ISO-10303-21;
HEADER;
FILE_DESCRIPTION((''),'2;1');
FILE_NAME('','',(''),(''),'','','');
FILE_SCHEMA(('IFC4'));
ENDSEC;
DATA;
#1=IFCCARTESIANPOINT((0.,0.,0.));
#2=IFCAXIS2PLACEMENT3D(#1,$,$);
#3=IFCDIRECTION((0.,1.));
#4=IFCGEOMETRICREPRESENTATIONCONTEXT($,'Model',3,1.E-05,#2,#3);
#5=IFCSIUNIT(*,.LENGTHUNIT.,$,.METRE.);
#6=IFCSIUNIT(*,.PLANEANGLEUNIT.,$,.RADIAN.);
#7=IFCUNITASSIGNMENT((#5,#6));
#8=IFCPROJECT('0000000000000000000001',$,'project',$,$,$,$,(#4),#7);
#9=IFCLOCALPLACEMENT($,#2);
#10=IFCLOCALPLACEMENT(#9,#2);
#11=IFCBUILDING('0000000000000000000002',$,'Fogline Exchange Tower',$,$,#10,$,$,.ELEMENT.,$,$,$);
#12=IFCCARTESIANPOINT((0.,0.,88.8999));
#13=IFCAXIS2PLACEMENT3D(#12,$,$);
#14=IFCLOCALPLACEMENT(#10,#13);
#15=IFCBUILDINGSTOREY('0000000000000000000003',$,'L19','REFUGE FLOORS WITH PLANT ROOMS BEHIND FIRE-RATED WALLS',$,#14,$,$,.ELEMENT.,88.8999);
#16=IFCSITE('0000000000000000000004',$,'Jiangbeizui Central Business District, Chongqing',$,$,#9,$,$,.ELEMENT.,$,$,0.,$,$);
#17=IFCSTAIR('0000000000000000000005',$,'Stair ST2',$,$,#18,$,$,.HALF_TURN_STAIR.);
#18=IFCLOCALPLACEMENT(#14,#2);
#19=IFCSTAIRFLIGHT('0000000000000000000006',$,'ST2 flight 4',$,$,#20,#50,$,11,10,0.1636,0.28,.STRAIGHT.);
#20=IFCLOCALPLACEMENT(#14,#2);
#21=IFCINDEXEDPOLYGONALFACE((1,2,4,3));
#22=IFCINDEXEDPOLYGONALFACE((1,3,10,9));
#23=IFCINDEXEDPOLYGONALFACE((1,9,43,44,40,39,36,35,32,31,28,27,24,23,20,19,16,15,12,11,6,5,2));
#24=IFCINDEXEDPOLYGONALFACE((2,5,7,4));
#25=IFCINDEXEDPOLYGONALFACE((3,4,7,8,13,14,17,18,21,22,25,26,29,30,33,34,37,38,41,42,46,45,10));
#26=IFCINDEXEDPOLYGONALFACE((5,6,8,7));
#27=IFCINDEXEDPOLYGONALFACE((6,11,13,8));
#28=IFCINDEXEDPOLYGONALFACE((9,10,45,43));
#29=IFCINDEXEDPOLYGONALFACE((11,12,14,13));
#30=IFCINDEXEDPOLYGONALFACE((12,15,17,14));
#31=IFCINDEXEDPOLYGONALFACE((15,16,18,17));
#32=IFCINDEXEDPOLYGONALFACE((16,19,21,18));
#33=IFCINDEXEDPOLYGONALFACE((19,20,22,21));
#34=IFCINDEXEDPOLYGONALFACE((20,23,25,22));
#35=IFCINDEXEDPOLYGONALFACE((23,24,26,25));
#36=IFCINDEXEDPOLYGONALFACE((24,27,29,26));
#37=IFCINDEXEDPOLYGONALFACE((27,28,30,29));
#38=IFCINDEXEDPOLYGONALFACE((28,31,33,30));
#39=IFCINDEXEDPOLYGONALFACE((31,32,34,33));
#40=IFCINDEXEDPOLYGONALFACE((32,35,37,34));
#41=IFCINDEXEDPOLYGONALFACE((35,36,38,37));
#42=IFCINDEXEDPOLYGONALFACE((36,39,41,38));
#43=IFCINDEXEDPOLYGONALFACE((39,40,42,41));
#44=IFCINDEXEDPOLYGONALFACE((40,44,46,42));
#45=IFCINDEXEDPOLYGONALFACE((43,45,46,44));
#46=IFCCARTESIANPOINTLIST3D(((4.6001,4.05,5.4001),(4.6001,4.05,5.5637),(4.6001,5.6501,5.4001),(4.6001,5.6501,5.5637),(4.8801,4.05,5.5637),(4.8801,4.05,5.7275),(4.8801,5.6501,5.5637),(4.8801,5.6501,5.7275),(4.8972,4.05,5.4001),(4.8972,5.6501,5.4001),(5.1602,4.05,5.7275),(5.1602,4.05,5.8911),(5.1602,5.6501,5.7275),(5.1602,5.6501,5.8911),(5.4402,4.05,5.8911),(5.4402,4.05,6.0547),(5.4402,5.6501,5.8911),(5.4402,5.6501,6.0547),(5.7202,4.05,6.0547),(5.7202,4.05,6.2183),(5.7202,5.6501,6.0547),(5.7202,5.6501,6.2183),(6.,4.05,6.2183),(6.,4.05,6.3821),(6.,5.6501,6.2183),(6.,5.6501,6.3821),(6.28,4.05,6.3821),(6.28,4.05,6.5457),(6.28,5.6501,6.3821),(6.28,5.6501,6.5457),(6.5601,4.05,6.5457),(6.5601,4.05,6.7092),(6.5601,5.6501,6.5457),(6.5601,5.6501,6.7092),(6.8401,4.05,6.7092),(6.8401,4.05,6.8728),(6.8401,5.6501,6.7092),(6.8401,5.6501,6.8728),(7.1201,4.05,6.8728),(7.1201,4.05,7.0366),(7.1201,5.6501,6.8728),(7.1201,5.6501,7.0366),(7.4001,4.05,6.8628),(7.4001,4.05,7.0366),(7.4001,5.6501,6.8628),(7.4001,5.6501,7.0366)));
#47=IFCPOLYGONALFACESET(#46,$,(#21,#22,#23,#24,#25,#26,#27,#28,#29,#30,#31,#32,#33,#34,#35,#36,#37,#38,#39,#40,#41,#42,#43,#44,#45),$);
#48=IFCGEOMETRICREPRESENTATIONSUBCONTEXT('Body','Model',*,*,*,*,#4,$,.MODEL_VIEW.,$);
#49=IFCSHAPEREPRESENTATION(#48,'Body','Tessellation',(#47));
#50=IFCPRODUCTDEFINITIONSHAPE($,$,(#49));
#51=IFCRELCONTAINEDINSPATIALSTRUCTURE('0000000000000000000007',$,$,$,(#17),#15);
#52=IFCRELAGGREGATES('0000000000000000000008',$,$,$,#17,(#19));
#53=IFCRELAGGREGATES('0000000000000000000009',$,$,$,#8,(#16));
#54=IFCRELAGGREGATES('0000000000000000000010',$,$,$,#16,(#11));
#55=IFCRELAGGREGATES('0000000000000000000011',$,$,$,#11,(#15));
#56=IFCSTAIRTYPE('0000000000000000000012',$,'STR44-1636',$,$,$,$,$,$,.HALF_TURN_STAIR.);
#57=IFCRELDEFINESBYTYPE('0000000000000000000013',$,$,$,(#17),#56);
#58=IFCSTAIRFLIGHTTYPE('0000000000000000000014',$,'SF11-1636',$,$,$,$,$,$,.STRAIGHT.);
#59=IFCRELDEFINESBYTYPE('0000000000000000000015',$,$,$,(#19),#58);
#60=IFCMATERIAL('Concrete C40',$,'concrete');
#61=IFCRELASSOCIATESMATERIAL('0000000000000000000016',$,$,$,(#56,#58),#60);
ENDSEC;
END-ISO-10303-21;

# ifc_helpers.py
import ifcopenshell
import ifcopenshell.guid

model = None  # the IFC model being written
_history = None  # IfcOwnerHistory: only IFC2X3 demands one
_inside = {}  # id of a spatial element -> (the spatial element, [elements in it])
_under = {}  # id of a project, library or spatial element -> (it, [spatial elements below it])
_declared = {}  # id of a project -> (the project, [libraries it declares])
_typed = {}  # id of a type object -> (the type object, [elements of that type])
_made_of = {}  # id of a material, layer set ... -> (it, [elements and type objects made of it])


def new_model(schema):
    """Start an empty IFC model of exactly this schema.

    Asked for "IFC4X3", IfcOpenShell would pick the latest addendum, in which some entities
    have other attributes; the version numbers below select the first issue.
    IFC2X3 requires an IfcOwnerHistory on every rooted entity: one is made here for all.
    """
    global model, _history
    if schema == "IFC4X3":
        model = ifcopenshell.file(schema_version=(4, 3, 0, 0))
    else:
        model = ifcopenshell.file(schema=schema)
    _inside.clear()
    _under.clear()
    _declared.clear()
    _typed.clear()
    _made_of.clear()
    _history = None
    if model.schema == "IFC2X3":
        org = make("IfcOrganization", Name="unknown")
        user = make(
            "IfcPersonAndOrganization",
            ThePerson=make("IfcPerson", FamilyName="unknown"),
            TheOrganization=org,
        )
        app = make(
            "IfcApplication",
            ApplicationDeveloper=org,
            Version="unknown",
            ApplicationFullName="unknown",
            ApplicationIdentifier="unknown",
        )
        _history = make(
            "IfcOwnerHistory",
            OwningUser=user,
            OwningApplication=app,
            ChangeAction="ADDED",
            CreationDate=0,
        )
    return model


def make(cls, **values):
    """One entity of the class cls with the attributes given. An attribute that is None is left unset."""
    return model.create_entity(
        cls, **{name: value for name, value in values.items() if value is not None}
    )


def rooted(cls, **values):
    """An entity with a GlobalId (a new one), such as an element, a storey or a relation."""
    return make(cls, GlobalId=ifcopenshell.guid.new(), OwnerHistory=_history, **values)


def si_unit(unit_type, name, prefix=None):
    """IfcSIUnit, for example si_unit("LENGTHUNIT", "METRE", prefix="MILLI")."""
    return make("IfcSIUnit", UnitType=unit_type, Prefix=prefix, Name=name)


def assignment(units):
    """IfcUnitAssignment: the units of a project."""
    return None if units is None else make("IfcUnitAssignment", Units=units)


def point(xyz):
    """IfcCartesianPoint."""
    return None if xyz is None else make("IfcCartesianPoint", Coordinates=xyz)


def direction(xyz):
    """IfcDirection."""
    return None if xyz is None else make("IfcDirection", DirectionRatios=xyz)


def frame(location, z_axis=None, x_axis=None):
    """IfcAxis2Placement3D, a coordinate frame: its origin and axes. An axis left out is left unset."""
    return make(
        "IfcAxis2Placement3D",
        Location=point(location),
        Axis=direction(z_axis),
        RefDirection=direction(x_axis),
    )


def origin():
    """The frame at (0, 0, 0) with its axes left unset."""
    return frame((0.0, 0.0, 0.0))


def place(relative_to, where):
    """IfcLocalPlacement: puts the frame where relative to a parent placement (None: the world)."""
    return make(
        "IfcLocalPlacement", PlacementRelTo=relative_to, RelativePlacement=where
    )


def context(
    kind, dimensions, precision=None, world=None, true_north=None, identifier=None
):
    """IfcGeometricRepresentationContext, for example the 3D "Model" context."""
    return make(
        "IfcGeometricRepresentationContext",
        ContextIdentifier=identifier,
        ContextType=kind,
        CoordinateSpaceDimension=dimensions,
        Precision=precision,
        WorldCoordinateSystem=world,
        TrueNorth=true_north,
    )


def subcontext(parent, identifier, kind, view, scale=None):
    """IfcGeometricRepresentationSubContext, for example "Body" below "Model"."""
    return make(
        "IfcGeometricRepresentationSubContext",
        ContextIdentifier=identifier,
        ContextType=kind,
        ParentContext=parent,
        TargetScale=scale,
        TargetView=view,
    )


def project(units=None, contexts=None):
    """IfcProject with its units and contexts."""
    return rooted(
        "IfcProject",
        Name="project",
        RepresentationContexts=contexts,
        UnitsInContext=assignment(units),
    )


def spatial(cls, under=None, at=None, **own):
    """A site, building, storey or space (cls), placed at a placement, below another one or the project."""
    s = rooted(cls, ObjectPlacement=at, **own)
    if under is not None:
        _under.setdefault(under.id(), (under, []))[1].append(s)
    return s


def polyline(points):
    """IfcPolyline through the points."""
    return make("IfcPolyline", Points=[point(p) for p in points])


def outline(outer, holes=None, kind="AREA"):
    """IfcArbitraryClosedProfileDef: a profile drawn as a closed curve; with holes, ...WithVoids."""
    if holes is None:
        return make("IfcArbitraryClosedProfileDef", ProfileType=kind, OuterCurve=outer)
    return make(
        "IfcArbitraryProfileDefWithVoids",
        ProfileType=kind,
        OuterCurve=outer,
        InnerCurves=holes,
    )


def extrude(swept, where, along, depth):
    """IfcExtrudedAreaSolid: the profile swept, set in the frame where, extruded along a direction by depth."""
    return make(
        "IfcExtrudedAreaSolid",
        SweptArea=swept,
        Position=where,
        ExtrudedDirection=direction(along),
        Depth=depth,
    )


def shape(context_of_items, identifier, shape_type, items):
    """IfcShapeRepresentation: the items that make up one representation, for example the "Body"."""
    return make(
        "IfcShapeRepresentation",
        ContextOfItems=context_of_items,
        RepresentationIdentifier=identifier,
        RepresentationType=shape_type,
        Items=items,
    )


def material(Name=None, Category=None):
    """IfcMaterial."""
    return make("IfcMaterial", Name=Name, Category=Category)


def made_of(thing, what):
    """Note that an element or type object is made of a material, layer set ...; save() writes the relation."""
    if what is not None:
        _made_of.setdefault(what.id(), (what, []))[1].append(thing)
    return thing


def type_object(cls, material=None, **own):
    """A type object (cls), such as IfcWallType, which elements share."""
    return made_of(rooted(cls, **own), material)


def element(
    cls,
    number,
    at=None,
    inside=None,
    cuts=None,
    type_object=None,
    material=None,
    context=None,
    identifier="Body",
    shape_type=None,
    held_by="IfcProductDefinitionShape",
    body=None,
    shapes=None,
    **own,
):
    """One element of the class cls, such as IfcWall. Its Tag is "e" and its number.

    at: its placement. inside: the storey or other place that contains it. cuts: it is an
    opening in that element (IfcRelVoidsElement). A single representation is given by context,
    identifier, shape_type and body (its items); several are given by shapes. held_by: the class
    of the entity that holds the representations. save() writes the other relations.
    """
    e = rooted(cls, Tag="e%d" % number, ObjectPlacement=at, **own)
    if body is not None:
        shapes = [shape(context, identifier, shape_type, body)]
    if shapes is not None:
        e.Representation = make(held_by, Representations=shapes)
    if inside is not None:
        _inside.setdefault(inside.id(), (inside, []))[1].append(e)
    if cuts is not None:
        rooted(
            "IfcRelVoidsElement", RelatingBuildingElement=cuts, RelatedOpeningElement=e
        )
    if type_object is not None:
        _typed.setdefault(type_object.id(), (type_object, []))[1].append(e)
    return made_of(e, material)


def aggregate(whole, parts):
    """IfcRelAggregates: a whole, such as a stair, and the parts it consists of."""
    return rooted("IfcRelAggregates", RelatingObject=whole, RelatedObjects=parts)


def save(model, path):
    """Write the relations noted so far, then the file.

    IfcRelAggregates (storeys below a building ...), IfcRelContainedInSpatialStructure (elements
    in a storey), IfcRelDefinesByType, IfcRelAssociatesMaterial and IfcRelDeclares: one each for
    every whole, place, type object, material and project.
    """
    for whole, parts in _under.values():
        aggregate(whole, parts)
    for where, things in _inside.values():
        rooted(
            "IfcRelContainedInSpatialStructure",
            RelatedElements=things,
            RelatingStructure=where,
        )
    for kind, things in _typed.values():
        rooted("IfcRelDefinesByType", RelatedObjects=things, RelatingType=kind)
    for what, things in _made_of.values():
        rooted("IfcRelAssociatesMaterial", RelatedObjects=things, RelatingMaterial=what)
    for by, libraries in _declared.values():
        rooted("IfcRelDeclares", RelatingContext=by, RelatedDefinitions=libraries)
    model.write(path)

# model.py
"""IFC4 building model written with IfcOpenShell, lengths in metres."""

from ifc_helpers import new_model, si_unit, direction, frame, origin, place, context, subcontext, project, spatial, polyline, outline, extrude, material, type_object, element, aggregate, save


model = new_model("IFC4")

# Units and contexts
model_context = context("Model", 3, precision=1e-05, world=origin(), true_north=direction((0.0, 1.0)))
body_context = subcontext(model_context, "Body", "Model", "MODEL_VIEW")
ifc_project = project(units=[si_unit("LENGTHUNIT", "METRE"), si_unit("PLANEANGLEUNIT", "RADIAN")], contexts=[model_context])

# Site, building, storey
site_placement = place(None, origin())
site = spatial("IfcSite", under=ifc_project, at=site_placement, Name="Jiangbeizui Central Business District, Chongqing", CompositionType="ELEMENT", RefElevation=0.0)
building_placement = place(site_placement, origin())
building = spatial("IfcBuilding", under=site, at=building_placement, Name="Fogline Exchange Tower", CompositionType="ELEMENT")
storey_placement = place(building_placement, frame((0.0, 0.0, 88.8999)))
storey = spatial("IfcBuildingStorey", under=building, at=storey_placement, Name="L19", Description="REFUGE FLOORS WITH PLANT ROOMS BEHIND FIRE-RATED WALLS", CompositionType="ELEMENT", Elevation=88.8999)

# Shared definitions
ifc_material_1 = material(Name="Concrete C40", Category="concrete")

# Stair, stair flight
stair_type = type_object("IfcStairType", Name="STR44-1636", PredefinedType="HALF_TURN_STAIR", material=ifc_material_1)
stair_placement = place(storey_placement, origin())
stair = element("IfcStair", 1, at=stair_placement, inside=storey, type_object=stair_type, Name="Stair ST2", PredefinedType="HALF_TURN_STAIR")
stair_flight_type = type_object("IfcStairFlightType", Name="SF11-1636", PredefinedType="STRAIGHT", material=ifc_material_1)
stair_flight_1_placement = place(storey_placement, frame((4.6001, 4.8501, 5.4001), z_axis=(0.0, 0.0, 1.0), x_axis=(1.0, 0.0, 0.0)))
stair_flight_1 = element("IfcStairFlight", 2, at=stair_flight_1_placement, type_object=stair_flight_type, Name="ST2 flight 4", NumberOfRisers=11, NumberOfTreads=10, PredefinedType="STRAIGHT", RiserHeight=0.1636, TreadLength=0.28, context=body_context, shape_type="SweptSolid", body=[
    extrude(outline(polyline([(0.0, 0.0), (0.0, 0.1636), (0.28, 0.1636), (0.28, 0.3274), (0.5601, 0.3274), (0.5601, 0.491), (0.8401, 0.491), (0.8401, 0.6545), (1.1201, 0.6545), (1.1201, 0.8181), (1.3999, 0.8181), (1.3999, 0.9819), (1.6799, 0.9819), (1.6799, 1.1455), (1.96, 1.1455), (1.96, 1.3091), (2.24, 1.3091), (2.24, 1.4727), (2.52, 1.4727), (2.52, 1.6365), (2.8, 1.6365), (2.8, 1.8), (2.8, 1.4626), (0.2971, 0.0), (0.0, 0.0)])), frame((0.0, 0.8, 0.0), z_axis=(0.0, -1.0, 0.0), x_axis=(1.0, 0.0, 0.0)), (0.0, 0.0, 1.0), 1.6001),
])
aggregate(stair, [stair_flight_1])

save(model, "model.ifc")
